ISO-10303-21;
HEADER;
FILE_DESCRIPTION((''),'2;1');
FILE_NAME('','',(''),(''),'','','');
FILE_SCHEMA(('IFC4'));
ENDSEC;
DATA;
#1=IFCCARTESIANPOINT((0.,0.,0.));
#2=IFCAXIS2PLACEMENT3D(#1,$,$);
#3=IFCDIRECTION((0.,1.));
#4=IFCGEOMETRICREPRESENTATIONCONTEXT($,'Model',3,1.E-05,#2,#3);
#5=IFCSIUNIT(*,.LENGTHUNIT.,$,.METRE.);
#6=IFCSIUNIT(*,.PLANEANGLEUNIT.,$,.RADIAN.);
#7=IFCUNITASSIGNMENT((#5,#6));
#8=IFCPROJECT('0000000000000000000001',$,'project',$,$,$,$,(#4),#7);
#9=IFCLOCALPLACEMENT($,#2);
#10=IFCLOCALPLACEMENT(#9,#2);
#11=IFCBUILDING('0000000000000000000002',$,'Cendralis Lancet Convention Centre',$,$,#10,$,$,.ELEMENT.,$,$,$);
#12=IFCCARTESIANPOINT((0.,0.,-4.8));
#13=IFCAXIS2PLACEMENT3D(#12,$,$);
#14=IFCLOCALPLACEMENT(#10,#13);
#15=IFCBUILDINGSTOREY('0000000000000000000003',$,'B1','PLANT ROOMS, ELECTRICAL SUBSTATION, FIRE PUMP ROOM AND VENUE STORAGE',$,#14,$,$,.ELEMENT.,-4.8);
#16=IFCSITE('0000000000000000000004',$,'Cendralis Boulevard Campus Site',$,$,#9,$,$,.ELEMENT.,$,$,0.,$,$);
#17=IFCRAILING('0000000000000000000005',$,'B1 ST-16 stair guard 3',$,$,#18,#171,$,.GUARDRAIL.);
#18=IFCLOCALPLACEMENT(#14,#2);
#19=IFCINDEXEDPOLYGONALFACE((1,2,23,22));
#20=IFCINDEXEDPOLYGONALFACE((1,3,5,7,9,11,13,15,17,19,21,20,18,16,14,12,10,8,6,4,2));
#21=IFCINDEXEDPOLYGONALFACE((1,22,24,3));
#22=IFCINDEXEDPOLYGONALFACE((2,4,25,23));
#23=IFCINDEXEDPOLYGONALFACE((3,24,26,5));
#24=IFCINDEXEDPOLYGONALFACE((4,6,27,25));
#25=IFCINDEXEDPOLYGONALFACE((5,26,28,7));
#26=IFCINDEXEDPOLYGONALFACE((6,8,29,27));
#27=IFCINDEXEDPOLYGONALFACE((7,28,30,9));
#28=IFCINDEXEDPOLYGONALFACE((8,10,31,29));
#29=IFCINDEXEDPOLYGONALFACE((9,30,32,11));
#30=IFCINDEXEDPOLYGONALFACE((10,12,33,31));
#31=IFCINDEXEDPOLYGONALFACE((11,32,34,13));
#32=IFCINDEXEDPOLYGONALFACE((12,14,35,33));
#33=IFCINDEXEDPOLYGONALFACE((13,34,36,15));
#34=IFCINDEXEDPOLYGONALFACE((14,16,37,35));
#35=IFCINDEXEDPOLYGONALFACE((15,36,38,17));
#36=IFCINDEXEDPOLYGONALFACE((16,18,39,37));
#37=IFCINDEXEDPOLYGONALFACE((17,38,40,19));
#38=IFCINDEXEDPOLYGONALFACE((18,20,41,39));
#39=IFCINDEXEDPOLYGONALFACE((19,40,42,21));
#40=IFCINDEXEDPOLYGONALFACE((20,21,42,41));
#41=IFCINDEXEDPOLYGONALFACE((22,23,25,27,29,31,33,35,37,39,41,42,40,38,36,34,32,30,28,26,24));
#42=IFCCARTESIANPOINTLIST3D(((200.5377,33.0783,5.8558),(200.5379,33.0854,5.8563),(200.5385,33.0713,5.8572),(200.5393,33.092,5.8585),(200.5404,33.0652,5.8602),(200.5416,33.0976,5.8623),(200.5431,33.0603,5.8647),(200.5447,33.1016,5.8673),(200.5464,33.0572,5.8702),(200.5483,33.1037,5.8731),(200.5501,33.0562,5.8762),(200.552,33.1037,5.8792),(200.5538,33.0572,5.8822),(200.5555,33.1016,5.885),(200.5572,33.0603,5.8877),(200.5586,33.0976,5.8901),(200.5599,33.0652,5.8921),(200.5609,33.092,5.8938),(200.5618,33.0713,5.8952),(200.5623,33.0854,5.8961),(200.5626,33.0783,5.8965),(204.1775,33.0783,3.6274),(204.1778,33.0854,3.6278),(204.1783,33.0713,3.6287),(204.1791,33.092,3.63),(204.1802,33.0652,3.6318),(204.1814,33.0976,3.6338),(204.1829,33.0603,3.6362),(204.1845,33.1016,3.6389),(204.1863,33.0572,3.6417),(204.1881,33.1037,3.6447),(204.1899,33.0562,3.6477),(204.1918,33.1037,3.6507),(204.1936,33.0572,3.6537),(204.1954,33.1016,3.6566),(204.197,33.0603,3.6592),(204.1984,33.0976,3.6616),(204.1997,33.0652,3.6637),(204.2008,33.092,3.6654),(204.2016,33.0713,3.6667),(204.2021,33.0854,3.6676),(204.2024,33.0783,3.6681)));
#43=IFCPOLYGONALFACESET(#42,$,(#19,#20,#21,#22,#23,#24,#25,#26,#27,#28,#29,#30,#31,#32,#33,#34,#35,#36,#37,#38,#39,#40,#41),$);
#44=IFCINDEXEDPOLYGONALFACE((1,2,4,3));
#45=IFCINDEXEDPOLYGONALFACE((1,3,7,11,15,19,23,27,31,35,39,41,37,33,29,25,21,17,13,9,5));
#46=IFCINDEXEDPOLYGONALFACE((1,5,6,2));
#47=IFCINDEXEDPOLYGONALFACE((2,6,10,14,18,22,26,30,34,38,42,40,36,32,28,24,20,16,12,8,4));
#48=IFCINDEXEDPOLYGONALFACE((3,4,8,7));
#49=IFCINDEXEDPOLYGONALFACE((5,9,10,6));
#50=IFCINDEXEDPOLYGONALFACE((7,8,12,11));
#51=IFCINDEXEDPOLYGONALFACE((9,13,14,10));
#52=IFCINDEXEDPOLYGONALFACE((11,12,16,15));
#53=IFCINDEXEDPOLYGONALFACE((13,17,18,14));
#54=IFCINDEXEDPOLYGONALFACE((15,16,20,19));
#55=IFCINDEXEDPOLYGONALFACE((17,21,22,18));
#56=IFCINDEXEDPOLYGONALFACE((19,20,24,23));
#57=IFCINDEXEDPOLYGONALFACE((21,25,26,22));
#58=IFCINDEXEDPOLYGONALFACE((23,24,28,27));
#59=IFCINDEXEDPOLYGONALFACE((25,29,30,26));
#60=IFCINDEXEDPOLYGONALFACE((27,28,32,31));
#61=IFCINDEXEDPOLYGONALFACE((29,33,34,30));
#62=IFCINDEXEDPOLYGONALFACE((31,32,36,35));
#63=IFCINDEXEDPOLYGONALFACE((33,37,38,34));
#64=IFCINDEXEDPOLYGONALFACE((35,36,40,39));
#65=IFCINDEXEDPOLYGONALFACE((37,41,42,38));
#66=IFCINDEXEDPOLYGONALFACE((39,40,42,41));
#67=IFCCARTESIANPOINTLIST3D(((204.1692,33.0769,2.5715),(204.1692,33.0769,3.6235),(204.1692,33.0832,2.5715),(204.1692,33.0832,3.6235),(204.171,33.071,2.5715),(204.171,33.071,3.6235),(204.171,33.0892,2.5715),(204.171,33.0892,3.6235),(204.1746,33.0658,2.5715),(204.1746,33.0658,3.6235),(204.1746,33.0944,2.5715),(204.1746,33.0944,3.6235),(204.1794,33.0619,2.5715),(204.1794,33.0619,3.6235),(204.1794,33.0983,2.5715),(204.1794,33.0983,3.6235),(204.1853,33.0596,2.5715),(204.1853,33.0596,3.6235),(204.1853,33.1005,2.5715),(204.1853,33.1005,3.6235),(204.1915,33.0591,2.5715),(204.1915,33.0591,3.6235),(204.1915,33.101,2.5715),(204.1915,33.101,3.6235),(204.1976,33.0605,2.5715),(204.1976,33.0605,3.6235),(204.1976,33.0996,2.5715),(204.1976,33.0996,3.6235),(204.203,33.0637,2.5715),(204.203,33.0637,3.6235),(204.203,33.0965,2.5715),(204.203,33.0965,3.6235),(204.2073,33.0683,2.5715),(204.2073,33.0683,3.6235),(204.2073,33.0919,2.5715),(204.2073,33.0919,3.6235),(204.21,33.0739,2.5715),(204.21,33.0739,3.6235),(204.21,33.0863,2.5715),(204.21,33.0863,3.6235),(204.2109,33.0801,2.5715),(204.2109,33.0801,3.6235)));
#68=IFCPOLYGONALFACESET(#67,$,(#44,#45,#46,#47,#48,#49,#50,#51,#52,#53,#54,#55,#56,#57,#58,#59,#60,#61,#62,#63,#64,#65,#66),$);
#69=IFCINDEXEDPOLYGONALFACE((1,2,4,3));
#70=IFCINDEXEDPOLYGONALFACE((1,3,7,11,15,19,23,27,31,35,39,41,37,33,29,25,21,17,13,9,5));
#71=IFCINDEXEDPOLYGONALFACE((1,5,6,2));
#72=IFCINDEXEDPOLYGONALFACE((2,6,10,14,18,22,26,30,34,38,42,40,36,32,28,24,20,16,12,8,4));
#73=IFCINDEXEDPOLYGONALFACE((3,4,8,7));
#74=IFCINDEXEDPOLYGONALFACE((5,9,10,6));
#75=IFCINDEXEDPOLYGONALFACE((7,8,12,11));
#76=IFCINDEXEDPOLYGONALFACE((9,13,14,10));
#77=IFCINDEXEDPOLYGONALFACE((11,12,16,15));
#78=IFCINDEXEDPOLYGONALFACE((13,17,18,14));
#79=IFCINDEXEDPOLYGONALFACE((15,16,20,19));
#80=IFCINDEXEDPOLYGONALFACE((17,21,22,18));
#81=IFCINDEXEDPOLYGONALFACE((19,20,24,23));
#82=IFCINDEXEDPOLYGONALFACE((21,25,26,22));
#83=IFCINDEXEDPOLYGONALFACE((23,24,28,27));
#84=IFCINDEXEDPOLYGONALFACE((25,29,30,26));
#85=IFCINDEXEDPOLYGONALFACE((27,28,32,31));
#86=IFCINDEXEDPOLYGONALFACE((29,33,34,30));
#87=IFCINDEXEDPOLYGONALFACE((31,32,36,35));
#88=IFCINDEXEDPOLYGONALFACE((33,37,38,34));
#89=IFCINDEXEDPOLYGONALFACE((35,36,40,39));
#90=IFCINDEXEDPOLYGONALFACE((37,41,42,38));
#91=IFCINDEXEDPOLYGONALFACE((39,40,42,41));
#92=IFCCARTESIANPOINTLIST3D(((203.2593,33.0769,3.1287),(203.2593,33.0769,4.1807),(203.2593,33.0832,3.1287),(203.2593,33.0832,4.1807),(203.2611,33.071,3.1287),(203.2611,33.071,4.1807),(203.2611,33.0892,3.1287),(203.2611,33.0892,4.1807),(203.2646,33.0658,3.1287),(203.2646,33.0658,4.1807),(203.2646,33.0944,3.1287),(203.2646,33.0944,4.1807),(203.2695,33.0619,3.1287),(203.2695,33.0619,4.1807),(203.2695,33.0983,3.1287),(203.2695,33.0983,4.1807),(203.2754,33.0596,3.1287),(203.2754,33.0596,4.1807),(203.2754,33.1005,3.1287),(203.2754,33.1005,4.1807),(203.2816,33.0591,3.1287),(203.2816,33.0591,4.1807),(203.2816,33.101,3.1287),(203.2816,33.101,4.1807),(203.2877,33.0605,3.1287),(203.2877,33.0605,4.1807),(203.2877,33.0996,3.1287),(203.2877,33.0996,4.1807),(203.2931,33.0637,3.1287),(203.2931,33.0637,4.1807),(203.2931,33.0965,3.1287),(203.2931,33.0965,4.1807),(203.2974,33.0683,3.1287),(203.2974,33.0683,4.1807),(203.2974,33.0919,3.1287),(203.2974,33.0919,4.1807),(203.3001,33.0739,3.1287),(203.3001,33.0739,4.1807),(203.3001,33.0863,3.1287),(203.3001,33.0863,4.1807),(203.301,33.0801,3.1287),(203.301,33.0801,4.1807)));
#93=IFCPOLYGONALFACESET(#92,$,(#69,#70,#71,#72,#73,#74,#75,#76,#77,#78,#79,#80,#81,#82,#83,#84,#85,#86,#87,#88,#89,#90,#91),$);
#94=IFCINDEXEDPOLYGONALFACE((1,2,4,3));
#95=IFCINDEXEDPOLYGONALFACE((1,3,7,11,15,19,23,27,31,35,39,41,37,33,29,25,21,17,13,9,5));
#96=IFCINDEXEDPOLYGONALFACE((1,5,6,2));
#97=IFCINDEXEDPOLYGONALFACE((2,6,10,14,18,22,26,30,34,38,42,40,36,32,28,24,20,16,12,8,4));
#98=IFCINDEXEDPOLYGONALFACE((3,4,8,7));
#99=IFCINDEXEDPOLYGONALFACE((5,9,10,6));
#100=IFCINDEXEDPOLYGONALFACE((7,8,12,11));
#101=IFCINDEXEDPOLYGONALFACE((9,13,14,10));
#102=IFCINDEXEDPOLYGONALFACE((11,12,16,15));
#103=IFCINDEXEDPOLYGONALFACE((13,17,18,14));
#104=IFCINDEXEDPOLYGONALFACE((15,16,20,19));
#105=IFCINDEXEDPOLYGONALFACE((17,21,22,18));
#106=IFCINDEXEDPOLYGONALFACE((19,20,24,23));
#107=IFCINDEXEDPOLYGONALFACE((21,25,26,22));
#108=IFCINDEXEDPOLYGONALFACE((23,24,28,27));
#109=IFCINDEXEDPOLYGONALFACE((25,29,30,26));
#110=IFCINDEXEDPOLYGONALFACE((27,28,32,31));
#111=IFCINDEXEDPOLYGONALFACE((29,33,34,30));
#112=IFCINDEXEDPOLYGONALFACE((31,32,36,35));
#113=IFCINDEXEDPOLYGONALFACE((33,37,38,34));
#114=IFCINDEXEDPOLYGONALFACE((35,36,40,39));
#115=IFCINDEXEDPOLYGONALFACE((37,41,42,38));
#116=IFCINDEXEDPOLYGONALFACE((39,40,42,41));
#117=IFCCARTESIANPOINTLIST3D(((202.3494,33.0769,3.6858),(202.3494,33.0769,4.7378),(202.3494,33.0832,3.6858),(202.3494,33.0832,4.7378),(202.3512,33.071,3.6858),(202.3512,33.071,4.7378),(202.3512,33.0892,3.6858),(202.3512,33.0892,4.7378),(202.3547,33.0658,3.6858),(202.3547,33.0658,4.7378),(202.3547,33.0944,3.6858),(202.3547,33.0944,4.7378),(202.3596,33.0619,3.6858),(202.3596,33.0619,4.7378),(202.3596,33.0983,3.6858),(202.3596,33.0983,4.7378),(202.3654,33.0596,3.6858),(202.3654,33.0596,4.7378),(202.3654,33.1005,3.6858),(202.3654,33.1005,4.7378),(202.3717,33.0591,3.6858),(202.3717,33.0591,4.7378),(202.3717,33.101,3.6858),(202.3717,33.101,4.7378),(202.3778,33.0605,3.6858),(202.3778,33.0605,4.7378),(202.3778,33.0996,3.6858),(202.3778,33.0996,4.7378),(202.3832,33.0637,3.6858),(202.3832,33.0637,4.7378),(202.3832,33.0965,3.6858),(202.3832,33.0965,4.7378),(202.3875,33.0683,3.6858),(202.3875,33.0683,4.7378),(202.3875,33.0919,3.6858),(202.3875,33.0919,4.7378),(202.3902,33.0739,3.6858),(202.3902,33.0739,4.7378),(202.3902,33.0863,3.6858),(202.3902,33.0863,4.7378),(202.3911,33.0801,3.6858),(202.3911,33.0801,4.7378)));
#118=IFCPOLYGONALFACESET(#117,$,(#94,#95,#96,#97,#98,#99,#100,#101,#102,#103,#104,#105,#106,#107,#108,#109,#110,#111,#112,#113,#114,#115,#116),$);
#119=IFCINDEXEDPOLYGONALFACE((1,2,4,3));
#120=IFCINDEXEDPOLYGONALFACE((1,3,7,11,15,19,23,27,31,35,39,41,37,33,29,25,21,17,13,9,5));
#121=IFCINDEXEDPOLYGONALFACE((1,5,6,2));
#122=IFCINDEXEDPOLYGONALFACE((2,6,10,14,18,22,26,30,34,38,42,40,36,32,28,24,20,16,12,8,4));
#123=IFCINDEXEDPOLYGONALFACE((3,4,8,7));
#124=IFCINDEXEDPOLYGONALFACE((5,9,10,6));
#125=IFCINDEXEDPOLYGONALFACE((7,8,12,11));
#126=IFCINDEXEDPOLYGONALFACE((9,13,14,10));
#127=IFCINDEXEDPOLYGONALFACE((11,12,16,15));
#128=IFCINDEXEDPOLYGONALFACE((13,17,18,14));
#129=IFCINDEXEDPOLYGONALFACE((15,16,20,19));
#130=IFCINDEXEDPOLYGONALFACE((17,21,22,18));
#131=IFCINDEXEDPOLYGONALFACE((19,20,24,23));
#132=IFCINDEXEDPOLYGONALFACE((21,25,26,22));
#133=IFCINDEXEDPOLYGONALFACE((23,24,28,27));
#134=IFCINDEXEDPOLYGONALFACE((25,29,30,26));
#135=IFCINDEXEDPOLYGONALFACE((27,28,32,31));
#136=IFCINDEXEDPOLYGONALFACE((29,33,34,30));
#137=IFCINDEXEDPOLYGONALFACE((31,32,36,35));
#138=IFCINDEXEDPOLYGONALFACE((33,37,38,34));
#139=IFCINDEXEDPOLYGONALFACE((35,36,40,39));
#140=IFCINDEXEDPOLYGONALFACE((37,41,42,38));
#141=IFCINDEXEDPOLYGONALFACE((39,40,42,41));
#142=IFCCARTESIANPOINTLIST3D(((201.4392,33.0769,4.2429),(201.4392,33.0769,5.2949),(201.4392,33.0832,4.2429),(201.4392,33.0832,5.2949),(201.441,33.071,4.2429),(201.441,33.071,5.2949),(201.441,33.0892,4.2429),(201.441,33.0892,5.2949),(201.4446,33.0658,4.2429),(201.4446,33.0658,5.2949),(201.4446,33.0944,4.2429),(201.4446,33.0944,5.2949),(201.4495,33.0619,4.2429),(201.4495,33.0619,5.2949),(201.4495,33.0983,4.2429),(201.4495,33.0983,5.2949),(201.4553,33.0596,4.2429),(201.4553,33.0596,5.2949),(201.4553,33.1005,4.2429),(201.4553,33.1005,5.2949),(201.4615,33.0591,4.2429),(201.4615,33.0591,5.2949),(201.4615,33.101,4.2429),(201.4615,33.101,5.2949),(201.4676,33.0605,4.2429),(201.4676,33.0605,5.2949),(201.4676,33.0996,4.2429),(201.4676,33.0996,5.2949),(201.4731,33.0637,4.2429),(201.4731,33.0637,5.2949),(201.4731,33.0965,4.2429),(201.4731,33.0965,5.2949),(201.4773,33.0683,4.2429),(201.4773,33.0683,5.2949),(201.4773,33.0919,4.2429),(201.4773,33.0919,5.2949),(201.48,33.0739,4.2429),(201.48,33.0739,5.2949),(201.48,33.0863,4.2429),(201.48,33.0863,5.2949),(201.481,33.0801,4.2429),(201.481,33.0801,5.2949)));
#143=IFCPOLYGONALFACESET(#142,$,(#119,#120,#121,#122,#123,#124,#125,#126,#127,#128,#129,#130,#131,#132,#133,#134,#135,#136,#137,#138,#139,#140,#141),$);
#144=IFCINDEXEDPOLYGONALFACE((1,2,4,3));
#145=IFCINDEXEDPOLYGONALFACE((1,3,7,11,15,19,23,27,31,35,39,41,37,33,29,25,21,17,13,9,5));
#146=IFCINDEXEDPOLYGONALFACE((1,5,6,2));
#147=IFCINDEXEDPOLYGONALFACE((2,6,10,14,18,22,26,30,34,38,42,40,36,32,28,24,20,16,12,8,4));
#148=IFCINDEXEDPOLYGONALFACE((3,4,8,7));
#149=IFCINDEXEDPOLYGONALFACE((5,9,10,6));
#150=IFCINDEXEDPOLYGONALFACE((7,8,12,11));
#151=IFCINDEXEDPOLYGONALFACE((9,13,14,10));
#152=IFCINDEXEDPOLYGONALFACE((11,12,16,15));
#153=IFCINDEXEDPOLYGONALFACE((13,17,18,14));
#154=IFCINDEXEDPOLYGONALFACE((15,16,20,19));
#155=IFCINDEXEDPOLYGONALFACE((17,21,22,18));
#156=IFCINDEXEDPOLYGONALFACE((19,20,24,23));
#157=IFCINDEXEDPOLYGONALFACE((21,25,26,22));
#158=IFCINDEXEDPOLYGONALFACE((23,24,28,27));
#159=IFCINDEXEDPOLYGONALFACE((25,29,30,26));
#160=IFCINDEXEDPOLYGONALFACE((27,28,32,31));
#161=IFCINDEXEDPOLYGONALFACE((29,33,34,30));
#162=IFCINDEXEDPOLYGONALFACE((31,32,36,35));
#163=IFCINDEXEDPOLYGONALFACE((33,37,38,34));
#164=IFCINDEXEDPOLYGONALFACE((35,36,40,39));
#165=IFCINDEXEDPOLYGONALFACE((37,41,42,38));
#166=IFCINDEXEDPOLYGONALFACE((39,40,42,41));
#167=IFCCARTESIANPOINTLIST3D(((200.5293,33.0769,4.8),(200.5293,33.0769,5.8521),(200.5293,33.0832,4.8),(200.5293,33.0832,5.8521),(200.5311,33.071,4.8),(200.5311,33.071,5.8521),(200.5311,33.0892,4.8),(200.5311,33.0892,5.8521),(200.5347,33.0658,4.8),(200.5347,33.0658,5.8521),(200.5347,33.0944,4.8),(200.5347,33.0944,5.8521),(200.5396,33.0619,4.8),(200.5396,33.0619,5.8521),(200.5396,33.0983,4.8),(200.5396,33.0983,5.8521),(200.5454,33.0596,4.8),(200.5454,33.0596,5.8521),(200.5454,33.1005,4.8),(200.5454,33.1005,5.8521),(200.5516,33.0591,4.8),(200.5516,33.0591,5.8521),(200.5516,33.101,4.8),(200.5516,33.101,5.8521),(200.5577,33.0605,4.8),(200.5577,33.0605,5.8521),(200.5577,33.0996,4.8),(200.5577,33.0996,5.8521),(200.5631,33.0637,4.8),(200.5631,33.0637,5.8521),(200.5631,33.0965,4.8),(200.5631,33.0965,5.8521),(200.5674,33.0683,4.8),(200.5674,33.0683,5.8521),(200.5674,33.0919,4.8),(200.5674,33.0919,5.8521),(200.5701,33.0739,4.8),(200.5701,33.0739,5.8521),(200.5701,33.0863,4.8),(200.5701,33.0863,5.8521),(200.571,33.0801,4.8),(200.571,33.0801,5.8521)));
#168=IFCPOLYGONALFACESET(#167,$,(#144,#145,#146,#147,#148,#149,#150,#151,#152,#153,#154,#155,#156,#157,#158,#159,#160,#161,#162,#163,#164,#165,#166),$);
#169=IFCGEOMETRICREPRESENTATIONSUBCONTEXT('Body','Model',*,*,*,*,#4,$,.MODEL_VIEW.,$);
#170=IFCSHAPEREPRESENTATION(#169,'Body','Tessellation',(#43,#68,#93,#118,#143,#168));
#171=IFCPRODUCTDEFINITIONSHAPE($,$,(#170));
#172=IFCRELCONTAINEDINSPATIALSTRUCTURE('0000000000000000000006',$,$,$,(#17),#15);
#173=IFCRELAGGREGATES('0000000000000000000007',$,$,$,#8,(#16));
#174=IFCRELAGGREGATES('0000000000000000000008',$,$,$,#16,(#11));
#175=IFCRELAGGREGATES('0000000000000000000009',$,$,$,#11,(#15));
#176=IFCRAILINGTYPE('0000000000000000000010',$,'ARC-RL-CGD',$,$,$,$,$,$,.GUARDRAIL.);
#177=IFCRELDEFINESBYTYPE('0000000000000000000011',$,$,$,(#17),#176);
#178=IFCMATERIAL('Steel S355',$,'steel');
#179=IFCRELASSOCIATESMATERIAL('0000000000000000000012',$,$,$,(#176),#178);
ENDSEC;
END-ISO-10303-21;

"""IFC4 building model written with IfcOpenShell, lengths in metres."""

from ifc_helpers import new_model, si_unit, direction, frame, origin, origin_2d, place, context, subcontext, project, spatial, circle, extrude, material, type_object, element, save


model = new_model("IFC4")

# Units and contexts
model_context = context("Model", 3, precision=1e-05, world=origin(), true_north=direction((0.0, 1.0)))
body_context = subcontext(model_context, "Body", "Model", "MODEL_VIEW")
ifc_project = project(units=[si_unit("LENGTHUNIT", "METRE"), si_unit("PLANEANGLEUNIT", "RADIAN")], contexts=[model_context])

# Site, building, storey
site_placement = place(None, origin())
site = spatial("IfcSite", under=ifc_project, at=site_placement, Name="Cendralis Boulevard Campus Site", CompositionType="ELEMENT", RefElevation=0.0)
building_placement = place(site_placement, origin())
building = spatial("IfcBuilding", under=site, at=building_placement, Name="Cendralis Lancet Convention Centre", CompositionType="ELEMENT")
storey_placement = place(building_placement, frame((0.0, 0.0, -4.8)))
storey = spatial("IfcBuildingStorey", under=building, at=storey_placement, Name="B1", Description="PLANT ROOMS, ELECTRICAL SUBSTATION, FIRE PUMP ROOM AND VENUE STORAGE", CompositionType="ELEMENT", Elevation=-4.8)

# Railing
ifc_material_1 = material(Name="Steel S355", Category="steel")
railing_type_1 = type_object("IfcRailingType", Name="ARC-RL-CGD", PredefinedType="GUARDRAIL", material=ifc_material_1)
railing_1_placement = place(storey_placement, frame((204.1899, 33.0801, 2.5715)))
element("IfcRailing", 1, at=railing_1_placement, inside=storey, type_object=railing_type_1, Name="B1 ST-16 stair guard 3", PredefinedType="GUARDRAIL", context=body_context, shape_type="SweptSolid", body=[
    extrude(circle(Radius=0.0239, at=origin_2d()), frame((0.0, 0.0, 1.0762), z_axis=(-0.85285, 0.0, 0.522156), x_axis=(0.0, -1.0, 0.0)), (0.0, 0.0, 1.0), 4.2678),
    extrude(circle(Radius=0.021, at=origin_2d()), origin(), (0.0, 0.0, 1.0), 1.052),
    extrude(circle(Radius=0.021, at=origin_2d()), frame((-0.9099, 0.0, 0.5571)), (0.0, 0.0, 1.0), 1.052),
    extrude(circle(Radius=0.021, at=origin_2d()), frame((-1.8198, 0.0, 1.1143)), (0.0, 0.0, 1.0), 1.052),
    extrude(circle(Radius=0.021, at=origin_2d()), frame((-2.73, 0.0, 1.6714)), (0.0, 0.0, 1.0), 1.052),
    extrude(circle(Radius=0.021, at=origin_2d()), frame((-3.6399, 0.0, 2.2285)), (0.0, 0.0, 1.0), 1.052),
])

save(model, "model.ifc")
